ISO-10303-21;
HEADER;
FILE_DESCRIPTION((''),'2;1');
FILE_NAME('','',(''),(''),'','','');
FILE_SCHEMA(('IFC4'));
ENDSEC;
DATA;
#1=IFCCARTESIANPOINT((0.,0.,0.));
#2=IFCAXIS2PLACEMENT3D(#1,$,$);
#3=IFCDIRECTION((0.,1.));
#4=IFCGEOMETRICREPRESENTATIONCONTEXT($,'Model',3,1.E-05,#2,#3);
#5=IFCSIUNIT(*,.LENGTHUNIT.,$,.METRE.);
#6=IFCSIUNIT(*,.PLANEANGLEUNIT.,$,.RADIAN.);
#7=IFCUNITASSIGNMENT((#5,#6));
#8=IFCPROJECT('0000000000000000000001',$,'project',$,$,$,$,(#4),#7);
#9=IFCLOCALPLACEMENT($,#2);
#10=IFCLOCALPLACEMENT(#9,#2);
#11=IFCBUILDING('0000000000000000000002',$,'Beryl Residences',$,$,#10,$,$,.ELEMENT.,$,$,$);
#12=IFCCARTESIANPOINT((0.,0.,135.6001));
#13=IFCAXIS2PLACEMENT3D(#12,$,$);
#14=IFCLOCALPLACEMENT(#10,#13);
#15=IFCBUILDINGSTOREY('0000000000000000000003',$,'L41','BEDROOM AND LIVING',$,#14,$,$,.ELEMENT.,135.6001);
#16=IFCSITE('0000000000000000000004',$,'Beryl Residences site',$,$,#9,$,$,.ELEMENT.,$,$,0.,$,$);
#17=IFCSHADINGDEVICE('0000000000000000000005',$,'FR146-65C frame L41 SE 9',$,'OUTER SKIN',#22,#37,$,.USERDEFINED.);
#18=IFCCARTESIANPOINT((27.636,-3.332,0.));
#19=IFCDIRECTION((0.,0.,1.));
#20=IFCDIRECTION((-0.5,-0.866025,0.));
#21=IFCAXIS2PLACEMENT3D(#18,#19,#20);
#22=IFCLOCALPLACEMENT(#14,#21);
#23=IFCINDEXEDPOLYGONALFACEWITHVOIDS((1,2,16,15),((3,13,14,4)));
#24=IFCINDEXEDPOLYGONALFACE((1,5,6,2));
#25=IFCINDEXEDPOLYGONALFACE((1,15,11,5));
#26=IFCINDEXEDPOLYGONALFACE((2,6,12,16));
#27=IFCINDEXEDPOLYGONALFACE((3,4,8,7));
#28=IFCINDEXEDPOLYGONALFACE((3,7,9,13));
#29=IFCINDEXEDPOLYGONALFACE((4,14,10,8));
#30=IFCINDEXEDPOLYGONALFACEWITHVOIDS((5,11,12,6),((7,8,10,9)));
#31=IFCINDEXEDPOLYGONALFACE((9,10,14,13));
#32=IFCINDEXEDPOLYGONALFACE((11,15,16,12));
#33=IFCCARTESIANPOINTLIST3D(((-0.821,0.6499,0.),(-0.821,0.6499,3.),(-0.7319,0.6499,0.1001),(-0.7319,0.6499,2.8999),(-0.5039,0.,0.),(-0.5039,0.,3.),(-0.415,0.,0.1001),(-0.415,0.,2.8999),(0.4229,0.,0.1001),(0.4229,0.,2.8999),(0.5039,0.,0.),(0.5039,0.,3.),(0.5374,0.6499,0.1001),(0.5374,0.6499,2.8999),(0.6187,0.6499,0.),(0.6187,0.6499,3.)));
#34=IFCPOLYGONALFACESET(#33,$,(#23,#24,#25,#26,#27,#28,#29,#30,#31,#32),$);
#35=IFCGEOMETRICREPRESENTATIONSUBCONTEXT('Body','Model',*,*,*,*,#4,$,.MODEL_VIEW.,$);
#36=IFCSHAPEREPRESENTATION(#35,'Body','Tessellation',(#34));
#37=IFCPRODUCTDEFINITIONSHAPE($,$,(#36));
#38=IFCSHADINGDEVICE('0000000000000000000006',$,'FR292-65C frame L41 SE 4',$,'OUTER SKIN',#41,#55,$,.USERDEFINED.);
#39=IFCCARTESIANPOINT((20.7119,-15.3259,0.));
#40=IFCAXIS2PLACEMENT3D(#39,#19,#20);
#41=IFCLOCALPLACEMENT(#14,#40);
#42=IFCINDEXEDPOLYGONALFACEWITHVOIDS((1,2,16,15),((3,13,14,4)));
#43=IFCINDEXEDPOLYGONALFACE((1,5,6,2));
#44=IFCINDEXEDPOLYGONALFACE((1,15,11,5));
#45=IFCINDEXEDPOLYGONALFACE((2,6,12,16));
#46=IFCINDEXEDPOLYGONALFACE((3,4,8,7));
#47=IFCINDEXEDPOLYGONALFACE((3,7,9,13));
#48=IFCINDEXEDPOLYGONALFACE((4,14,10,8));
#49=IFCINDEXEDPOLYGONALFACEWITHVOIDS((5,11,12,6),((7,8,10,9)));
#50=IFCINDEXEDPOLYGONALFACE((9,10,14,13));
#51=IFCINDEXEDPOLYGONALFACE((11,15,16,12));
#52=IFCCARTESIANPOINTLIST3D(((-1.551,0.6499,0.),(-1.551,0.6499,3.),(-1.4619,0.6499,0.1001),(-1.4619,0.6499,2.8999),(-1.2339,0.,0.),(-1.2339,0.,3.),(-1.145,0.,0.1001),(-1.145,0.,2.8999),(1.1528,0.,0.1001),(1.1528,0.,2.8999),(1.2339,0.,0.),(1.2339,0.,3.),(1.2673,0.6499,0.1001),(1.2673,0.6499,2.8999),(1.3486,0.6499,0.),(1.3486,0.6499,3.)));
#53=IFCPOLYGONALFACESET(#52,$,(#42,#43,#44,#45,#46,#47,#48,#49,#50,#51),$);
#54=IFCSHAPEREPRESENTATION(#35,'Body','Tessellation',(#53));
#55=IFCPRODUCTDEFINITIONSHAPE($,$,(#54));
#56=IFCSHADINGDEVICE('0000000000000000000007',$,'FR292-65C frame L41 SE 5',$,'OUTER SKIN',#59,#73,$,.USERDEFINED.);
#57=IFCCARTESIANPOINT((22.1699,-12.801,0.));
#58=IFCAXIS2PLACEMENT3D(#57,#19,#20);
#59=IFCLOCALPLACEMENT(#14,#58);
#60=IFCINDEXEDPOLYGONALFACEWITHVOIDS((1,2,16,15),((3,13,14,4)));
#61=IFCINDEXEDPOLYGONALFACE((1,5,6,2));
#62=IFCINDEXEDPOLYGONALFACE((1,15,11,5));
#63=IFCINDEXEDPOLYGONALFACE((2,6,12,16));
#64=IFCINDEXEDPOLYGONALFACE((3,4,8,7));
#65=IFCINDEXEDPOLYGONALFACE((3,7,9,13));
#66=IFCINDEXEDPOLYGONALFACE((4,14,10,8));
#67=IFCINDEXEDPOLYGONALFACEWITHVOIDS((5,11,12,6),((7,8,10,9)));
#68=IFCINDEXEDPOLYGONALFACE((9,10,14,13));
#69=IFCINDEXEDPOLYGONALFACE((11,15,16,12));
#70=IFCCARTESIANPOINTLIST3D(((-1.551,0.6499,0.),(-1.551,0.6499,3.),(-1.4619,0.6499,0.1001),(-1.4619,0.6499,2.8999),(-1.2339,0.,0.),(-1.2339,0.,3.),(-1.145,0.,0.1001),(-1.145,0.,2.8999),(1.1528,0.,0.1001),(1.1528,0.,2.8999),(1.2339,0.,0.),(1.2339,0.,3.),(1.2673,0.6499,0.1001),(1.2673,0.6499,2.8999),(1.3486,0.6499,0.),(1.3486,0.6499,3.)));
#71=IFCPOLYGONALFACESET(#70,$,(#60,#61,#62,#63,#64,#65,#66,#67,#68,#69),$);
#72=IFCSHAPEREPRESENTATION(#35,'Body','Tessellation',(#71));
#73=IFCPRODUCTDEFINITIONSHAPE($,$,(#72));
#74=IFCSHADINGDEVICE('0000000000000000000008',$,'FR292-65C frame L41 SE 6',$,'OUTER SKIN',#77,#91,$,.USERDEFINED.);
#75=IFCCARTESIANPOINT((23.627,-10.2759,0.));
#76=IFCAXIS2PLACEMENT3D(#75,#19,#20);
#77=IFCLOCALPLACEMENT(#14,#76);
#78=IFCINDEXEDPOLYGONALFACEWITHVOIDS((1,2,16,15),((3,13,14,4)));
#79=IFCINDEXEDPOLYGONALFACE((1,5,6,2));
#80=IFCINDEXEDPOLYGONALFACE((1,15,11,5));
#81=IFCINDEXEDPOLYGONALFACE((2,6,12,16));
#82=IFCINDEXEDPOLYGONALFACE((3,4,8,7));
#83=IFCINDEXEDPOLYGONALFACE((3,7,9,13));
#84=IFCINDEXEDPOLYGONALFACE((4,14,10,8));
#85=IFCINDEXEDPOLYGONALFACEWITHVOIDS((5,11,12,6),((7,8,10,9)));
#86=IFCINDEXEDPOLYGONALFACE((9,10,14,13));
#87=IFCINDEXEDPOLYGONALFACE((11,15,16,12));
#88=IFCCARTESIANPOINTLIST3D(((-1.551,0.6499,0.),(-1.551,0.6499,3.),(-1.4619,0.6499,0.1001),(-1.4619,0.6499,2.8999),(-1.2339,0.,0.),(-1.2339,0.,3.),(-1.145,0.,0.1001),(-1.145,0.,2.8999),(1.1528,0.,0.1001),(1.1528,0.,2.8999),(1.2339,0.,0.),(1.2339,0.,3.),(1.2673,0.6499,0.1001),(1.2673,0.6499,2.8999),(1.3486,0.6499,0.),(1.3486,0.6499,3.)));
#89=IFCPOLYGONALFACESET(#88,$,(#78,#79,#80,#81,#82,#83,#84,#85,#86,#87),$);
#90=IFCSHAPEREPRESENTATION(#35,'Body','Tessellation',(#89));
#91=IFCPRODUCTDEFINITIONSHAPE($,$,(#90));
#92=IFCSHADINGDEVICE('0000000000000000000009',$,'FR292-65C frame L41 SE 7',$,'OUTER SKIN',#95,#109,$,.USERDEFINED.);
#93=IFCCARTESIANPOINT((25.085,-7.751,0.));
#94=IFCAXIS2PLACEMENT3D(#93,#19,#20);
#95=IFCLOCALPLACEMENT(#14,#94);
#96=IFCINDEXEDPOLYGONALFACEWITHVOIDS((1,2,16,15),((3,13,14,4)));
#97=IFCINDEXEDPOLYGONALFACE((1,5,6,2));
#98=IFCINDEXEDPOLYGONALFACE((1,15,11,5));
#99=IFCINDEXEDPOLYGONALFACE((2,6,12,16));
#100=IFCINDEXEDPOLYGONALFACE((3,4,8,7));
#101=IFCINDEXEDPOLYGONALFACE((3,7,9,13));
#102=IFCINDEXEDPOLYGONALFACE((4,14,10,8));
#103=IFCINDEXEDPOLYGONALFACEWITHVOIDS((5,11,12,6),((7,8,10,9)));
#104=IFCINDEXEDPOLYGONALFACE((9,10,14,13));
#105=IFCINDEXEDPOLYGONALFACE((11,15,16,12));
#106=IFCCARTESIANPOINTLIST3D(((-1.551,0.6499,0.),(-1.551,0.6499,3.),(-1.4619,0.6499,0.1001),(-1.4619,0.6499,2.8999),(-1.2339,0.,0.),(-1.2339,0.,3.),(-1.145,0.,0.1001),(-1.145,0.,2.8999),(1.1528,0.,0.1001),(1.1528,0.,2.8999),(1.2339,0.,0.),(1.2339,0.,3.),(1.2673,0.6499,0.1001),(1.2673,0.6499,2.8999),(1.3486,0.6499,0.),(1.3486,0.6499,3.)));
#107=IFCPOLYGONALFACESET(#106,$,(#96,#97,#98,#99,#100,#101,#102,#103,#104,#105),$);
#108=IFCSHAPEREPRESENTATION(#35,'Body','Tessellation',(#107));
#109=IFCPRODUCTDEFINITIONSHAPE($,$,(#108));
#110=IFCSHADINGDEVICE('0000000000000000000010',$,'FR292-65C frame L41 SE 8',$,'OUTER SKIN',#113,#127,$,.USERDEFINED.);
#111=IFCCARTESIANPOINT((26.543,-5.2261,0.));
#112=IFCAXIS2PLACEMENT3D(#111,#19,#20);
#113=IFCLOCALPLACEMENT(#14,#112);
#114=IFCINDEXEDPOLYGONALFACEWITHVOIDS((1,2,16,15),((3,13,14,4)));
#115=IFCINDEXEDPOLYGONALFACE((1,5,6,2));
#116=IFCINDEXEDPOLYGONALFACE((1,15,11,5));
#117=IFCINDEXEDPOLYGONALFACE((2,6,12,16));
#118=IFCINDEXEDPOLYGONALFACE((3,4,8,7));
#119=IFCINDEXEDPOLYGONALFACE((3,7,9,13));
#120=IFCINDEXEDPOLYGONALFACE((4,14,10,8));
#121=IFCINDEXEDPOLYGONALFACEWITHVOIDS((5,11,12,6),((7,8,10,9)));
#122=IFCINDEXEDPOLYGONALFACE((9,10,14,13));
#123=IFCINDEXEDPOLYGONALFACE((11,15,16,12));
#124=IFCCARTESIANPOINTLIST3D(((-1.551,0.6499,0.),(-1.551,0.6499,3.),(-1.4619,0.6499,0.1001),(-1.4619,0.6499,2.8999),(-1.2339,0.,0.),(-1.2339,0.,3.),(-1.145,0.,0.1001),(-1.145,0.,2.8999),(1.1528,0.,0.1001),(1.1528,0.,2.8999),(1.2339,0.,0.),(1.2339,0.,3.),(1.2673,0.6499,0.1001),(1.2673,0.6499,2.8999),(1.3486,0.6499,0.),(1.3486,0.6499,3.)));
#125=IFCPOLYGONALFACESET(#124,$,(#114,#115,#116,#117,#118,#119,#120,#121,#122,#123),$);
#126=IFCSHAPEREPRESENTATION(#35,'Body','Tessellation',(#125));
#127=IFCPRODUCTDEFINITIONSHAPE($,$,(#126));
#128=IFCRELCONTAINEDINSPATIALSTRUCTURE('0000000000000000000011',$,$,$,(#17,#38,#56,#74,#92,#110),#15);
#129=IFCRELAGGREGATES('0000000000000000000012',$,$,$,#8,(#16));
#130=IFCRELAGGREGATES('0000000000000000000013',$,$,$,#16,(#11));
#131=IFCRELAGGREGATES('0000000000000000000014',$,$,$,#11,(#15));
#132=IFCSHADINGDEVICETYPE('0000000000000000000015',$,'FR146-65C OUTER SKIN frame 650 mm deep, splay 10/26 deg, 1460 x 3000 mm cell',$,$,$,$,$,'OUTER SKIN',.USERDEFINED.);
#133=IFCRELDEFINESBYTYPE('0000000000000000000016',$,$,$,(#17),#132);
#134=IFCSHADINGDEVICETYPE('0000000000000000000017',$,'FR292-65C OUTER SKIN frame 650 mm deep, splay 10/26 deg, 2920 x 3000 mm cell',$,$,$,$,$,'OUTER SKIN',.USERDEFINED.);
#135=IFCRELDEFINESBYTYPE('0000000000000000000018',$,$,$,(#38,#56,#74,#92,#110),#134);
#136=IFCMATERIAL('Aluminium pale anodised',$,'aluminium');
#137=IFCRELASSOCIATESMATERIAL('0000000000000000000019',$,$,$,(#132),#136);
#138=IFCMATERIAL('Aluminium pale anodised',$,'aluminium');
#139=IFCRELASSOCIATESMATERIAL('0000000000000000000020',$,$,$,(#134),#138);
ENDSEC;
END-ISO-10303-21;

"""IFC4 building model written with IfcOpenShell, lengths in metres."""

from ifc_helpers import new_model, entity, si_unit, direction, frame, origin, place, context, subcontext, project, spatial, source, transform, mapped, material, type_object, type_shapes, element, save


model = new_model("IFC4")

# Units and contexts
model_context = context("Model", 3, precision=1e-05, world=origin(), true_north=direction((0.0, 1.0)))
body_context = subcontext(model_context, "Body", "Model", "MODEL_VIEW")
ifc_project = project(units=[si_unit("LENGTHUNIT", "METRE"), si_unit("PLANEANGLEUNIT", "RADIAN")], contexts=[model_context])

# Site, building, storey
site_placement = place(None, origin())
site = spatial("IfcSite", under=ifc_project, at=site_placement, Name="Beryl Residences site", CompositionType="ELEMENT", RefElevation=0.0)
building_placement = place(site_placement, origin())
building = spatial("IfcBuilding", under=site, at=building_placement, Name="Beryl Residences", CompositionType="ELEMENT")
storey_placement = place(building_placement, frame((0.0, 0.0, 135.6001)))
storey = spatial("IfcBuildingStorey", under=building, at=storey_placement, Name="L41", Description="BEDROOM AND LIVING", CompositionType="ELEMENT", Elevation=135.6001)

# Shading devices
ifc_material_1 = material(Name="Aluminium pale anodised", Category="aluminium")
shading_device_type_1 = type_object("IfcShadingDeviceType", Name="FR146-65C OUTER SKIN frame 650 mm deep, splay 10/26 deg, 1460 x 3000 mm cell", ElementType="OUTER SKIN", PredefinedType="USERDEFINED", material=ifc_material_1)
cartesian_point_1 = entity("IfcCartesianPoint", [-0.5039, 0.0])
cartesian_point_2 = entity("IfcCartesianPoint", [-0.4229, 0.1001])
cartesian_point_3 = entity("IfcCartesianPoint", [-0.6187, 0.0])
cartesian_point_4 = entity("IfcCartesianPoint", [-0.5374, 0.1001])
shared_shape_1 = source(origin(), body_context, "Body", "SweptSolid", [
    entity("IfcExtrudedAreaSolidTapered", entity("IfcArbitraryProfileDefWithVoids", "AREA", None, entity("IfcPolyline", [cartesian_point_1, entity("IfcCartesianPoint", [0.5039, 0.0]), entity("IfcCartesianPoint", [0.5039, 3.0]), entity("IfcCartesianPoint", [-0.5039, 3.0]), cartesian_point_1]), [entity("IfcPolyline", [cartesian_point_2, entity("IfcCartesianPoint", [0.415, 0.1001]), entity("IfcCartesianPoint", [0.415, 2.8999]), entity("IfcCartesianPoint", [-0.4229, 2.8999]), cartesian_point_2])]), entity("IfcAxis2Placement3D", entity("IfcCartesianPoint", [0.0, 0.0, 0.0]), entity("IfcDirection", [0.0, 1.0, 0.0]), entity("IfcDirection", [-1.0, 0.0, 0.0])), entity("IfcDirection", [0.0, 0.0, 1.0]), 0.6499, entity("IfcArbitraryProfileDefWithVoids", "AREA", None, entity("IfcPolyline", [cartesian_point_3, entity("IfcCartesianPoint", [0.821, 0.0]), entity("IfcCartesianPoint", [0.821, 3.0]), entity("IfcCartesianPoint", [-0.6187, 3.0]), cartesian_point_3]), [entity("IfcPolyline", [cartesian_point_4, entity("IfcCartesianPoint", [0.7319, 0.1001]), entity("IfcCartesianPoint", [0.7319, 2.8999]), entity("IfcCartesianPoint", [-0.5374, 2.8999]), cartesian_point_4])])),
])
type_shapes(shading_device_type_1, [shared_shape_1])
shading_device_placement = place(storey_placement, frame((27.636, -3.332, 0.0), z_axis=(0.0, 0.0, 1.0), x_axis=(-0.5, -0.866025, 0.0)))
element("IfcShadingDevice", 1, at=shading_device_placement, inside=storey, type_object=shading_device_type_1, Name="FR146-65C frame L41 SE 9", ObjectType="OUTER SKIN", PredefinedType="USERDEFINED", context=body_context, shape_type="MappedRepresentation", body=[
    mapped(shared_shape_1, transform((0.0, 0.0, 0.0))),
])
ifc_material_2 = material(Name="Aluminium pale anodised", Category="aluminium")
shading_device_type_2 = type_object("IfcShadingDeviceType", Name="FR292-65C OUTER SKIN frame 650 mm deep, splay 10/26 deg, 2920 x 3000 mm cell", ElementType="OUTER SKIN", PredefinedType="USERDEFINED", material=ifc_material_2)
cartesian_point_5 = entity("IfcCartesianPoint", [-1.2339, 0.0])
cartesian_point_6 = entity("IfcCartesianPoint", [-1.1528, 0.1001])
cartesian_point_7 = entity("IfcCartesianPoint", [-1.3486, 0.0])
cartesian_point_8 = entity("IfcCartesianPoint", [-1.2673, 0.1001])
shared_shape_2 = source(origin(), body_context, "Body", "SweptSolid", [
    entity("IfcExtrudedAreaSolidTapered", entity("IfcArbitraryProfileDefWithVoids", "AREA", None, entity("IfcPolyline", [cartesian_point_5, entity("IfcCartesianPoint", [1.2339, 0.0]), entity("IfcCartesianPoint", [1.2339, 3.0]), entity("IfcCartesianPoint", [-1.2339, 3.0]), cartesian_point_5]), [entity("IfcPolyline", [cartesian_point_6, entity("IfcCartesianPoint", [1.145, 0.1001]), entity("IfcCartesianPoint", [1.145, 2.8999]), entity("IfcCartesianPoint", [-1.1528, 2.8999]), cartesian_point_6])]), entity("IfcAxis2Placement3D", entity("IfcCartesianPoint", [0.0, 0.0, 0.0]), entity("IfcDirection", [0.0, 1.0, 0.0]), entity("IfcDirection", [-1.0, 0.0, 0.0])), entity("IfcDirection", [0.0, 0.0, 1.0]), 0.6499, entity("IfcArbitraryProfileDefWithVoids", "AREA", None, entity("IfcPolyline", [cartesian_point_7, entity("IfcCartesianPoint", [1.551, 0.0]), entity("IfcCartesianPoint", [1.551, 3.0]), entity("IfcCartesianPoint", [-1.3486, 3.0]), cartesian_point_7]), [entity("IfcPolyline", [cartesian_point_8, entity("IfcCartesianPoint", [1.4619, 0.1001]), entity("IfcCartesianPoint", [1.4619, 2.8999]), entity("IfcCartesianPoint", [-1.2673, 2.8999]), cartesian_point_8])])),
])
type_shapes(shading_device_type_2, [shared_shape_2])
for number, where, z_axis, x_axis, name in (
    (2, (20.7119, -15.3259, 0.0), (0.0, 0.0, 1.0), (-0.5, -0.866025, 0.0), "FR292-65C frame L41 SE 4"),
    (3, (22.1699, -12.801, 0.0), (0.0, 0.0, 1.0), (-0.5, -0.866025, 0.0), "FR292-65C frame L41 SE 5"),
    (4, (23.627, -10.2759, 0.0), (0.0, 0.0, 1.0), (-0.5, -0.866025, 0.0), "FR292-65C frame L41 SE 6"),
    (5, (25.085, -7.751, 0.0), (0.0, 0.0, 1.0), (-0.5, -0.866025, 0.0), "FR292-65C frame L41 SE 7"),
    (6, (26.543, -5.2261, 0.0), (0.0, 0.0, 1.0), (-0.5, -0.866025, 0.0), "FR292-65C frame L41 SE 8"),
):
    element("IfcShadingDevice", number, at=place(storey_placement, frame(where, z_axis=z_axis, x_axis=x_axis)), inside=storey, type_object=shading_device_type_2, Name=name, ObjectType="OUTER SKIN", PredefinedType="USERDEFINED", context=body_context, shape_type="MappedRepresentation", body=[
        mapped(shared_shape_2, transform((0.0, 0.0, 0.0))),
    ])

save(model, "model.ifc")
